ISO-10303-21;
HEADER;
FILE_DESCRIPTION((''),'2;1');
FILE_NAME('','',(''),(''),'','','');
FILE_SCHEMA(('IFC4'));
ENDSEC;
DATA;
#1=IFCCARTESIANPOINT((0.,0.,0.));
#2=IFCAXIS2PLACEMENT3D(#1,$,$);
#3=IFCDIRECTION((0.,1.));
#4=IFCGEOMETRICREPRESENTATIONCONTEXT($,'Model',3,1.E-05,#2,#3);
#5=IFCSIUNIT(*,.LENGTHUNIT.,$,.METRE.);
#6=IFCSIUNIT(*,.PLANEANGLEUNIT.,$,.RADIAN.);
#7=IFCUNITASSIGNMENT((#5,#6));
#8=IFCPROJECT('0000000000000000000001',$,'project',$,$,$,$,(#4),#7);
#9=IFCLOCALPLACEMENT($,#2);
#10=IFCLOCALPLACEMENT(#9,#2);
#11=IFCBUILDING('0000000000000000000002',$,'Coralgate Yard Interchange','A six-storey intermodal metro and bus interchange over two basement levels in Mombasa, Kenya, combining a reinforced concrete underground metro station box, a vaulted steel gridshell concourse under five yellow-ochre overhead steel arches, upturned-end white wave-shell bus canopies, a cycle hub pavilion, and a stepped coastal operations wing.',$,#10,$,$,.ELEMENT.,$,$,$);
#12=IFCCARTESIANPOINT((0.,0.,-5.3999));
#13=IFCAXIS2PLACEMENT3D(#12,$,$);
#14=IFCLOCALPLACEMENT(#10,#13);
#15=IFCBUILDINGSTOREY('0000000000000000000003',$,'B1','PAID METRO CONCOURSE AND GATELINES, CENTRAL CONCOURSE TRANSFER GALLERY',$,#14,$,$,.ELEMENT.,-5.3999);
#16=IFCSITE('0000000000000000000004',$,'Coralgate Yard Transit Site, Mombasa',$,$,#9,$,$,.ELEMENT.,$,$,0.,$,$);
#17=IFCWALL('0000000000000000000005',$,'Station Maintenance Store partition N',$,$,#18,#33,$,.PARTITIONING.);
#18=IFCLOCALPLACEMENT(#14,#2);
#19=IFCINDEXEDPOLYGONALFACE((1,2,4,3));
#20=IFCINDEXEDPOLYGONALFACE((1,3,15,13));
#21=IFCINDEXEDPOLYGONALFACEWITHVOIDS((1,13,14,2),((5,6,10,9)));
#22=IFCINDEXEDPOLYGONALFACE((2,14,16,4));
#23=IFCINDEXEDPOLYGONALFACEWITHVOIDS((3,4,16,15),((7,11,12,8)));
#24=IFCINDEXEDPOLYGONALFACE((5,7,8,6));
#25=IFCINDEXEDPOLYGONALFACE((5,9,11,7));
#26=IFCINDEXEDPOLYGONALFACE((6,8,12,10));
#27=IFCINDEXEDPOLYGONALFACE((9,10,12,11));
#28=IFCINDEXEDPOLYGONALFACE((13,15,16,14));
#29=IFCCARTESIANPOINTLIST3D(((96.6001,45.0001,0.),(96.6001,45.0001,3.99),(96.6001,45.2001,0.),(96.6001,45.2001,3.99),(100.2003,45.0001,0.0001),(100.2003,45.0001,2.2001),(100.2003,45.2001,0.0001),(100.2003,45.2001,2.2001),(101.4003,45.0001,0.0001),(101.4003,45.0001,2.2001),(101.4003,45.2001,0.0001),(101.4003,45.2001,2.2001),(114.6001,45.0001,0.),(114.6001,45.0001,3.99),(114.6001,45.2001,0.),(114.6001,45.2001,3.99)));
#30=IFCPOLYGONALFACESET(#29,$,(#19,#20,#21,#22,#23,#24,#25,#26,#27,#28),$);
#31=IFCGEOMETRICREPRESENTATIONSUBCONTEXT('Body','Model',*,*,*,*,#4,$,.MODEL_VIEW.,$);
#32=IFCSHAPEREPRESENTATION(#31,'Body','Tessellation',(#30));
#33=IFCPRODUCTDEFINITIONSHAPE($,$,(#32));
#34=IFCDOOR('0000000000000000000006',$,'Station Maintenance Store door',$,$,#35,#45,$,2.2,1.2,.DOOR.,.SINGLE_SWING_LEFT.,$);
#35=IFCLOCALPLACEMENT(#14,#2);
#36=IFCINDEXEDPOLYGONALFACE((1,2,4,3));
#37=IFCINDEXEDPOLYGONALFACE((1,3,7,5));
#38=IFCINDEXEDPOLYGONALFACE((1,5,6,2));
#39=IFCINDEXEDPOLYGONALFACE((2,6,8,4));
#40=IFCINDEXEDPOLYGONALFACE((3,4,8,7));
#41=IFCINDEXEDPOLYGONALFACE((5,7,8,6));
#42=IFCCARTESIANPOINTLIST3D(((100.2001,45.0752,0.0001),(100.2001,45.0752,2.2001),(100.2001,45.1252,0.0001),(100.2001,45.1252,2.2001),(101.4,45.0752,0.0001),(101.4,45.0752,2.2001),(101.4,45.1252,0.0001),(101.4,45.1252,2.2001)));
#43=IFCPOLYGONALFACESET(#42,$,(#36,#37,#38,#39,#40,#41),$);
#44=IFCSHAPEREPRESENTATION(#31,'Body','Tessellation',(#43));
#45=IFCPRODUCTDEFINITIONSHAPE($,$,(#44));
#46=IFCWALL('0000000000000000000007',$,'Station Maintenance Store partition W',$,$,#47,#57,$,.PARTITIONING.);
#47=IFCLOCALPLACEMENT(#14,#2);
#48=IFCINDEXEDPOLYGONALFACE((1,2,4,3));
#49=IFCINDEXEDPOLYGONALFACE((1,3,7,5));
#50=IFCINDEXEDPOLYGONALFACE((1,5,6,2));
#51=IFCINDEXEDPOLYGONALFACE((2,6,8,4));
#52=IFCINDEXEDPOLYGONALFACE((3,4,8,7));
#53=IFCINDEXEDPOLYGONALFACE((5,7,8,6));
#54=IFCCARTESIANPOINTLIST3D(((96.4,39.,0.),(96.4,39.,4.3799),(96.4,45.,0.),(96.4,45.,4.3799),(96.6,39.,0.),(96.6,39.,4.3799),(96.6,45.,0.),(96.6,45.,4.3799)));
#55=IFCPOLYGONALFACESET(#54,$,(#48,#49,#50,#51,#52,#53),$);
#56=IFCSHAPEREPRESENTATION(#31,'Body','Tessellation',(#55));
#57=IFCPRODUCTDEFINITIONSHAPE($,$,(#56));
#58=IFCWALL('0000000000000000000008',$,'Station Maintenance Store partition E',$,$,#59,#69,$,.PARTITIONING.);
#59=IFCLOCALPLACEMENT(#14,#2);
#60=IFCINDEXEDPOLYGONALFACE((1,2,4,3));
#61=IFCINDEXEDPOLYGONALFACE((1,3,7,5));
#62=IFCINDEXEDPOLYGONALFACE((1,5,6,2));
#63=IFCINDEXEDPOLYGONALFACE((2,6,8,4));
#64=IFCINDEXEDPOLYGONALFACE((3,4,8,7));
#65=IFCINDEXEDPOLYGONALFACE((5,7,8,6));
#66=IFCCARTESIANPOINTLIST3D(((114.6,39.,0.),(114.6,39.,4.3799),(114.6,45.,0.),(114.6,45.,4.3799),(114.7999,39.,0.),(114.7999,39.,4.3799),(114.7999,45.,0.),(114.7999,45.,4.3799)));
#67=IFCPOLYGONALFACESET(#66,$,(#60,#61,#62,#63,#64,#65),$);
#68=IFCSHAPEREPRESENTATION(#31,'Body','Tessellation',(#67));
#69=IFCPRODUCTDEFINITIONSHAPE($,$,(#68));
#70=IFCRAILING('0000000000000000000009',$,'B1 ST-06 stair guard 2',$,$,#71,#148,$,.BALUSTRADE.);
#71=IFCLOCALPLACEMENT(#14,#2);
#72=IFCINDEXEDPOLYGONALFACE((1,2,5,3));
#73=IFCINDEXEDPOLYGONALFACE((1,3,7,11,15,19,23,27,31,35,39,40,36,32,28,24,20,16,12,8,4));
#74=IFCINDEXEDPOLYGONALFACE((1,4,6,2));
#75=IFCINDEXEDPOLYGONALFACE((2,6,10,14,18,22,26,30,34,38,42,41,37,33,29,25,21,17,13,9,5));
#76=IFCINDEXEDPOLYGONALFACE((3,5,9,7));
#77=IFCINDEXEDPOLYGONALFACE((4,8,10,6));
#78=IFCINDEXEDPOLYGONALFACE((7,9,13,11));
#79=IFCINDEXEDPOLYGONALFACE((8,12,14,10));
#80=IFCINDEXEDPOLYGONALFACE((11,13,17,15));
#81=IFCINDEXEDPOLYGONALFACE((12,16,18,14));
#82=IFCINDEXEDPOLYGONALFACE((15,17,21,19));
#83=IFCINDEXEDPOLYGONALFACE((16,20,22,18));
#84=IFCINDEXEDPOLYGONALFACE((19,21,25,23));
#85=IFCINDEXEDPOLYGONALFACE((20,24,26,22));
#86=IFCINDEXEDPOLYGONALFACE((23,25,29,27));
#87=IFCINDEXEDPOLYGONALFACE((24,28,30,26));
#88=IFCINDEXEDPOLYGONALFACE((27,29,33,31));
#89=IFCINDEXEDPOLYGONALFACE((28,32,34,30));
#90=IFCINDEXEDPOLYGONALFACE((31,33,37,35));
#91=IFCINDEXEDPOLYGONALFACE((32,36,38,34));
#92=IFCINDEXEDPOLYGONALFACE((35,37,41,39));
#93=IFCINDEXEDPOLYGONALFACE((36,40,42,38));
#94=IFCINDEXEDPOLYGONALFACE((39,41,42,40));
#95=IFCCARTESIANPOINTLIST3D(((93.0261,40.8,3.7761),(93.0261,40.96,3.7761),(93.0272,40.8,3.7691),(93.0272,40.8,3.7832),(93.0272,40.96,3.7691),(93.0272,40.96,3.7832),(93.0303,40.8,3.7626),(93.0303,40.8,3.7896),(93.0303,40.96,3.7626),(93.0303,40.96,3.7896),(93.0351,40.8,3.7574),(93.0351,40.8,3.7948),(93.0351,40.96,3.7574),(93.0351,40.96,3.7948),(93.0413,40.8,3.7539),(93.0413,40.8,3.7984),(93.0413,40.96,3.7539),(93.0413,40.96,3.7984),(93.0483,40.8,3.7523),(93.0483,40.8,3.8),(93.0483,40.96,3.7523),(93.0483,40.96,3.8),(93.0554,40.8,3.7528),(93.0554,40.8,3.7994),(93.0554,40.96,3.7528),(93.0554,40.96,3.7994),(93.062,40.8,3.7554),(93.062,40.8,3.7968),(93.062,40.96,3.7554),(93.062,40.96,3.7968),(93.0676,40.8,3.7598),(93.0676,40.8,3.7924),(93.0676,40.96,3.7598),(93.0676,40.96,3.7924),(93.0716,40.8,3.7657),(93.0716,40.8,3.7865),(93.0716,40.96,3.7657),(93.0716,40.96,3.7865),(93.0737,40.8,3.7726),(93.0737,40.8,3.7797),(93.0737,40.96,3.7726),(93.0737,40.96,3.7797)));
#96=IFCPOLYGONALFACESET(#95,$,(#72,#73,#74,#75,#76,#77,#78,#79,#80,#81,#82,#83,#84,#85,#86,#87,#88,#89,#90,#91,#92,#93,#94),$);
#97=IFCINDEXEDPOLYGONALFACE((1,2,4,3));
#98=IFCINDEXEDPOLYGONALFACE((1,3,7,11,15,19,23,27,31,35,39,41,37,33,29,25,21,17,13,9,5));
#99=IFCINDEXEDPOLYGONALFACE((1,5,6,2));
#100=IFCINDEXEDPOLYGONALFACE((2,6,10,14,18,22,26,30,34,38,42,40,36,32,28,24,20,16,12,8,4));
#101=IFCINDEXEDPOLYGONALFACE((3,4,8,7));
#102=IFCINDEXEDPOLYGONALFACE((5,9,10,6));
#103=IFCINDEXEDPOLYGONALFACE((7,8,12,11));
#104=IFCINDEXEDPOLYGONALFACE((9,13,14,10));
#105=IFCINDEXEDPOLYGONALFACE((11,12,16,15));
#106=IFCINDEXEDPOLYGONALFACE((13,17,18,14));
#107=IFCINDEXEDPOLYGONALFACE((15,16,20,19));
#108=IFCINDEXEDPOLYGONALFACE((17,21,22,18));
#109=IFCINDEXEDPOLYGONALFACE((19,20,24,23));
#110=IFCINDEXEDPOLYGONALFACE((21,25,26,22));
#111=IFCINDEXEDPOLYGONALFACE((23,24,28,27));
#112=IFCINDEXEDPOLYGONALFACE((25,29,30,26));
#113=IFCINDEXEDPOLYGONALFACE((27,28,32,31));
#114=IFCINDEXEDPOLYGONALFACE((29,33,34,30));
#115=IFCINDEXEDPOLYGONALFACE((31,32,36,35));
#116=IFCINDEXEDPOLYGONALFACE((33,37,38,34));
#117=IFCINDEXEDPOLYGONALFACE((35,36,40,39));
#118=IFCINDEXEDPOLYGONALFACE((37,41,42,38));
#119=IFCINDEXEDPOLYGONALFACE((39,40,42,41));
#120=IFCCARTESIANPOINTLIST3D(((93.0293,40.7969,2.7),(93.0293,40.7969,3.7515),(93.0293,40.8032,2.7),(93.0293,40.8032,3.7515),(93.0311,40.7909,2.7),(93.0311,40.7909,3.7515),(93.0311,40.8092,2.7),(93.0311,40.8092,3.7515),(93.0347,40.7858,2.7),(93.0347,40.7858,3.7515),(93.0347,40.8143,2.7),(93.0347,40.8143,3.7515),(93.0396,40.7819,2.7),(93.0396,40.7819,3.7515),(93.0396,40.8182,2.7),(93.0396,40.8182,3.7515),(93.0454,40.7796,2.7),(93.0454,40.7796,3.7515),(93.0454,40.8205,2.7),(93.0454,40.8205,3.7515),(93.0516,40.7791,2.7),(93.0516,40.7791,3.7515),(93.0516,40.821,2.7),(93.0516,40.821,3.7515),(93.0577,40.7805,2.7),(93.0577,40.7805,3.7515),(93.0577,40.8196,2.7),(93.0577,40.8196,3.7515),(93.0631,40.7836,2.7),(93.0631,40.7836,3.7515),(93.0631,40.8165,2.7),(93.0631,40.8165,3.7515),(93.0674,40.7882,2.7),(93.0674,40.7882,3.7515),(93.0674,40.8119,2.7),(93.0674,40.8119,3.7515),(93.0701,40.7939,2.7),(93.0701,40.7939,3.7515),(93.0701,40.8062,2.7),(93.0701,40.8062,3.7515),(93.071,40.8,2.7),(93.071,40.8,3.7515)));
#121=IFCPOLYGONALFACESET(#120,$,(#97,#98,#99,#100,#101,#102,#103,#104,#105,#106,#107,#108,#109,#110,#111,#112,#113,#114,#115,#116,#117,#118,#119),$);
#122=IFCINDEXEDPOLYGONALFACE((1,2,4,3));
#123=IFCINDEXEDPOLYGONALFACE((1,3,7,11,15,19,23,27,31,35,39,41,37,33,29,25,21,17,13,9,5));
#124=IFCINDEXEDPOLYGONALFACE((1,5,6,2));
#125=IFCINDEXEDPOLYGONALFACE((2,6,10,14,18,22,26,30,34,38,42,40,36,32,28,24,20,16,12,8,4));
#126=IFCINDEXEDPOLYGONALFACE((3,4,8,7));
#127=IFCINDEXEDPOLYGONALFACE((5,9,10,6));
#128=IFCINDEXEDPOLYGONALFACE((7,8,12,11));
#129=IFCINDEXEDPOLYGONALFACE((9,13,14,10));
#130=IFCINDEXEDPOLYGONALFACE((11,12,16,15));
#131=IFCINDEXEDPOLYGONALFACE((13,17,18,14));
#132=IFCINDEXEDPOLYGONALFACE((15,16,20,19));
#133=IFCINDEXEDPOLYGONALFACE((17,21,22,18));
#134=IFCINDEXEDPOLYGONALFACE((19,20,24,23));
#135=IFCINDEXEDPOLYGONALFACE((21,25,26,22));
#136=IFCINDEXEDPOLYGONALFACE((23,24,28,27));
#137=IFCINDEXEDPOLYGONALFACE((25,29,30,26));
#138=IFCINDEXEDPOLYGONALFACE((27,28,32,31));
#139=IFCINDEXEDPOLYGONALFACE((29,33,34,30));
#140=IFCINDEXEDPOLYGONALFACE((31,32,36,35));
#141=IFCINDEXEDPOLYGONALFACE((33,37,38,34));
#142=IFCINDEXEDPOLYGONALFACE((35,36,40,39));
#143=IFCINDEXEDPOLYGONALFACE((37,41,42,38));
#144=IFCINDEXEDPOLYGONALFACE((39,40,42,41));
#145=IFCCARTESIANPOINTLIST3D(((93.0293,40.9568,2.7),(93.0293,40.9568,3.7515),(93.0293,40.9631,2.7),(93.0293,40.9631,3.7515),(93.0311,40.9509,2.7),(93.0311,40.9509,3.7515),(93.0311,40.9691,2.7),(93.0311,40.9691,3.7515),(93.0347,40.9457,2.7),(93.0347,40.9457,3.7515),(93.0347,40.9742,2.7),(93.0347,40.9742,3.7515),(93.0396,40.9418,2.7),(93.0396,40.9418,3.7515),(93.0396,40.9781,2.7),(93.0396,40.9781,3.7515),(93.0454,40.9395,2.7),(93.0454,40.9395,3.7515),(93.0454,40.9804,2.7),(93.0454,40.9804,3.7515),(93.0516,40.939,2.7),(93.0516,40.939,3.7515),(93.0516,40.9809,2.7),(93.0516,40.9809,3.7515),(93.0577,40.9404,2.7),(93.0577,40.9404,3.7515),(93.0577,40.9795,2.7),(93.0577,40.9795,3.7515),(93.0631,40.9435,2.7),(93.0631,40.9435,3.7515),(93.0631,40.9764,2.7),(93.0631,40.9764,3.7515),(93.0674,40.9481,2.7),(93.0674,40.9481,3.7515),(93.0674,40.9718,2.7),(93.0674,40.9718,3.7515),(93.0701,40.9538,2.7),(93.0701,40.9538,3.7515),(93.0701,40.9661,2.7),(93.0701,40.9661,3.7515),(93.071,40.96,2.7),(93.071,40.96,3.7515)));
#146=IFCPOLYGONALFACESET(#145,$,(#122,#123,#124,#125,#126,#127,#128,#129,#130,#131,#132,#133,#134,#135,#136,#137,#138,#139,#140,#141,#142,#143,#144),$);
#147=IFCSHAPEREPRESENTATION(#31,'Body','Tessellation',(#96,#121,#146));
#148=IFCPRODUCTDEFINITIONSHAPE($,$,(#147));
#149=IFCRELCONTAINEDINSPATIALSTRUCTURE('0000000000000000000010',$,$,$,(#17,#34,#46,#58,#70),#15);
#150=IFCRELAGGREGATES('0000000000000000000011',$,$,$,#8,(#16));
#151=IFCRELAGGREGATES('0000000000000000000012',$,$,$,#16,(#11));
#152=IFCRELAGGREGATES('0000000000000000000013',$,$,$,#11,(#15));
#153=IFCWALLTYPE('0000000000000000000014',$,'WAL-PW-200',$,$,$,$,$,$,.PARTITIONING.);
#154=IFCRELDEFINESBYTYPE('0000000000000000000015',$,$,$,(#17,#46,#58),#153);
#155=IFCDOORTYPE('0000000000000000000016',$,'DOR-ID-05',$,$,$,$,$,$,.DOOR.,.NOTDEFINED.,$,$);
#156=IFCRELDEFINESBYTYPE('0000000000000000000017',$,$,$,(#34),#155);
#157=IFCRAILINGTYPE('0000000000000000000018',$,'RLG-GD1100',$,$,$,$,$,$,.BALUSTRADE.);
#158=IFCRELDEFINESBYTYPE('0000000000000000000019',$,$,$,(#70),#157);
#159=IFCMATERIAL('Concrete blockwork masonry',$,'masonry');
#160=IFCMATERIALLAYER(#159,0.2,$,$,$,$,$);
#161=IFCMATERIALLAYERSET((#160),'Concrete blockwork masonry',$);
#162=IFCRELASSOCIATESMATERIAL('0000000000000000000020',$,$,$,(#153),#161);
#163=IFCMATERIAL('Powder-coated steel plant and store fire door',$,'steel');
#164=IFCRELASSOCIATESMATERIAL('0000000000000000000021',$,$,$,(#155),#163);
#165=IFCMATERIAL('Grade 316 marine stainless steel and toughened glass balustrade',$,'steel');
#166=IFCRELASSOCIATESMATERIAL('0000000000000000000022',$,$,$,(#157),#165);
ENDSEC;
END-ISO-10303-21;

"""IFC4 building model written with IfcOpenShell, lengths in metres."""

from ifc_helpers import new_model, si_unit, direction, frame, frame_2d, origin, origin_2d, place, context, subcontext, project, spatial, rectangle, circle, extrude, material, layer, layer_set, type_object, element, fill, save


model = new_model("IFC4")

# Units and contexts
model_context = context("Model", 3, precision=1e-05, world=origin(), true_north=direction((0.0, 1.0)))
body_context = subcontext(model_context, "Body", "Model", "MODEL_VIEW")
ifc_project = project(units=[si_unit("LENGTHUNIT", "METRE"), si_unit("PLANEANGLEUNIT", "RADIAN")], contexts=[model_context])

# Site, building, storey
site_placement = place(None, origin())
site = spatial("IfcSite", under=ifc_project, at=site_placement, Name="Coralgate Yard Transit Site, Mombasa", CompositionType="ELEMENT", RefElevation=0.0)
building_placement = place(site_placement, origin())
building = spatial("IfcBuilding", under=site, at=building_placement, Name="Coralgate Yard Interchange", Description="A six-storey intermodal metro and bus interchange over two basement levels in Mombasa, Kenya, combining a reinforced concrete underground metro station box, a vaulted steel gridshell concourse under five yellow-ochre overhead steel arches, upturned-end white wave-shell bus canopies, a cycle hub pavilion, and a stepped coastal operations wing.", CompositionType="ELEMENT")
storey_placement = place(building_placement, frame((0.0, 0.0, -5.3999)))
storey = spatial("IfcBuildingStorey", under=building, at=storey_placement, Name="B1", Description="PAID METRO CONCOURSE AND GATELINES, CENTRAL CONCOURSE TRANSFER GALLERY", CompositionType="ELEMENT", Elevation=-5.3999)

# Shared definitions
ifc_material_1 = material(Name="Concrete blockwork masonry", Category="masonry")
ifc_layer_1 = layer(ifc_material_1, 0.2)
ifc_layer_set_1 = layer_set([ifc_layer_1], Name="Concrete blockwork masonry")
wall_type_1 = type_object("IfcWallType", Name="WAL-PW-200", PredefinedType="PARTITIONING", material=ifc_layer_set_1)

# Wall, opening, door
wall_1_placement = place(storey_placement, frame((96.6001, 45.1001, 0.0), z_axis=(0.0, 0.0, 1.0), x_axis=(1.0, 0.0, 0.0)))
wall_1 = element("IfcWall", 1, at=wall_1_placement, inside=storey, type_object=wall_type_1, Name="Station Maintenance Store partition N", PredefinedType="PARTITIONING", context=body_context, shape_type="SweptSolid", body=[
    extrude(rectangle(XDim=18.0, YDim=0.2, at=frame_2d((9.0, 0.0))), origin(), (0.0, 0.0, 1.0), 3.99),
])
opening_1_placement = place(wall_1_placement, frame((3.6001, 0.0, 0.0)))
opening_1 = element("IfcOpeningElement", 2, at=opening_1_placement, cuts=wall_1, PredefinedType="OPENING", context=body_context, shape_type="SweptSolid", body=[
    extrude(rectangle(XDim=1.2, YDim=2.2, at=frame_2d((0.6001, 1.1001))), frame((0.0, 0.1099, 0.0), z_axis=(0.0, -1.0, 0.0), x_axis=(1.0, 0.0, 0.0)), (0.0, 0.0, 1.0), 0.22),
])
ifc_material_2 = material(Name="Powder-coated steel plant and store fire door", Category="steel")
door_type_1 = type_object("IfcDoorType", Name="DOR-ID-05", OperationType="NOTDEFINED", PredefinedType="DOOR", material=ifc_material_2)
door_1_placement = place(opening_1_placement, frame((1.2, 0.0, 0.0), z_axis=(0.0, 0.0, 1.0), x_axis=(-1.0, 0.0, 0.0)))
door_1 = element("IfcDoor", 3, at=door_1_placement, inside=storey, type_object=door_type_1, Name="Station Maintenance Store door", OperationType="SINGLE_SWING_LEFT", OverallHeight=2.2, OverallWidth=1.2, PredefinedType="DOOR", context=body_context, shape_type="SweptSolid", body=[
    extrude(rectangle(XDim=1.2, YDim=2.2, at=frame_2d((0.6001, 1.1001))), frame((0.0, 0.0249, 0.0), z_axis=(0.0, -1.0, 0.0), x_axis=(1.0, 0.0, 0.0)), (0.0, 0.0, 1.0), 0.05),
])
fill(opening_1, door_1)

# Walls
for number, where, z_axis, x_axis, name in (
    (4, (96.5, 39.0, 0.0), (0.0, 0.0, 1.0), (0.0, 1.0, 0.0), "Station Maintenance Store partition W"),
    (5, (114.7, 45.0, 0.0), (0.0, 0.0, 1.0), (0.0, -1.0, 0.0), "Station Maintenance Store partition E"),
):
    element("IfcWall", number, at=place(storey_placement, frame(where, z_axis=z_axis, x_axis=x_axis)), inside=storey, type_object=wall_type_1, Name=name, PredefinedType="PARTITIONING", context=body_context, shape_type="SweptSolid", body=[
        extrude(rectangle(XDim=6.0, YDim=0.2, at=frame_2d((3.0, 0.0))), origin(), (0.0, 0.0, 1.0), 4.3799),
    ])

# Railing
ifc_material_3 = material(Name="Grade 316 marine stainless steel and toughened glass balustrade", Category="steel")
railing_type = type_object("IfcRailingType", Name="RLG-GD1100", PredefinedType="BALUSTRADE", material=ifc_material_3)
railing_placement = place(storey_placement, frame((93.05, 40.8, 2.7)))
element("IfcRailing", 6, at=railing_placement, inside=storey, type_object=railing_type, Name="B1 ST-06 stair guard 2", PredefinedType="BALUSTRADE", context=body_context, shape_type="SweptSolid", body=[
    extrude(circle(Radius=0.0239, at=origin_2d()), frame((0.0, 0.0, 1.0762), z_axis=(0.0, 1.0, 0.0), x_axis=(-1.0, 0.0, 0.0)), (0.0, 0.0, 1.0), 0.1599),
    extrude(circle(Radius=0.021, at=origin_2d()), origin(), (0.0, 0.0, 1.0), 1.0515),
    extrude(circle(Radius=0.021, at=origin_2d()), frame((0.0, 0.1599, 0.0)), (0.0, 0.0, 1.0), 1.0515),
])

save(model, "model.ifc")
